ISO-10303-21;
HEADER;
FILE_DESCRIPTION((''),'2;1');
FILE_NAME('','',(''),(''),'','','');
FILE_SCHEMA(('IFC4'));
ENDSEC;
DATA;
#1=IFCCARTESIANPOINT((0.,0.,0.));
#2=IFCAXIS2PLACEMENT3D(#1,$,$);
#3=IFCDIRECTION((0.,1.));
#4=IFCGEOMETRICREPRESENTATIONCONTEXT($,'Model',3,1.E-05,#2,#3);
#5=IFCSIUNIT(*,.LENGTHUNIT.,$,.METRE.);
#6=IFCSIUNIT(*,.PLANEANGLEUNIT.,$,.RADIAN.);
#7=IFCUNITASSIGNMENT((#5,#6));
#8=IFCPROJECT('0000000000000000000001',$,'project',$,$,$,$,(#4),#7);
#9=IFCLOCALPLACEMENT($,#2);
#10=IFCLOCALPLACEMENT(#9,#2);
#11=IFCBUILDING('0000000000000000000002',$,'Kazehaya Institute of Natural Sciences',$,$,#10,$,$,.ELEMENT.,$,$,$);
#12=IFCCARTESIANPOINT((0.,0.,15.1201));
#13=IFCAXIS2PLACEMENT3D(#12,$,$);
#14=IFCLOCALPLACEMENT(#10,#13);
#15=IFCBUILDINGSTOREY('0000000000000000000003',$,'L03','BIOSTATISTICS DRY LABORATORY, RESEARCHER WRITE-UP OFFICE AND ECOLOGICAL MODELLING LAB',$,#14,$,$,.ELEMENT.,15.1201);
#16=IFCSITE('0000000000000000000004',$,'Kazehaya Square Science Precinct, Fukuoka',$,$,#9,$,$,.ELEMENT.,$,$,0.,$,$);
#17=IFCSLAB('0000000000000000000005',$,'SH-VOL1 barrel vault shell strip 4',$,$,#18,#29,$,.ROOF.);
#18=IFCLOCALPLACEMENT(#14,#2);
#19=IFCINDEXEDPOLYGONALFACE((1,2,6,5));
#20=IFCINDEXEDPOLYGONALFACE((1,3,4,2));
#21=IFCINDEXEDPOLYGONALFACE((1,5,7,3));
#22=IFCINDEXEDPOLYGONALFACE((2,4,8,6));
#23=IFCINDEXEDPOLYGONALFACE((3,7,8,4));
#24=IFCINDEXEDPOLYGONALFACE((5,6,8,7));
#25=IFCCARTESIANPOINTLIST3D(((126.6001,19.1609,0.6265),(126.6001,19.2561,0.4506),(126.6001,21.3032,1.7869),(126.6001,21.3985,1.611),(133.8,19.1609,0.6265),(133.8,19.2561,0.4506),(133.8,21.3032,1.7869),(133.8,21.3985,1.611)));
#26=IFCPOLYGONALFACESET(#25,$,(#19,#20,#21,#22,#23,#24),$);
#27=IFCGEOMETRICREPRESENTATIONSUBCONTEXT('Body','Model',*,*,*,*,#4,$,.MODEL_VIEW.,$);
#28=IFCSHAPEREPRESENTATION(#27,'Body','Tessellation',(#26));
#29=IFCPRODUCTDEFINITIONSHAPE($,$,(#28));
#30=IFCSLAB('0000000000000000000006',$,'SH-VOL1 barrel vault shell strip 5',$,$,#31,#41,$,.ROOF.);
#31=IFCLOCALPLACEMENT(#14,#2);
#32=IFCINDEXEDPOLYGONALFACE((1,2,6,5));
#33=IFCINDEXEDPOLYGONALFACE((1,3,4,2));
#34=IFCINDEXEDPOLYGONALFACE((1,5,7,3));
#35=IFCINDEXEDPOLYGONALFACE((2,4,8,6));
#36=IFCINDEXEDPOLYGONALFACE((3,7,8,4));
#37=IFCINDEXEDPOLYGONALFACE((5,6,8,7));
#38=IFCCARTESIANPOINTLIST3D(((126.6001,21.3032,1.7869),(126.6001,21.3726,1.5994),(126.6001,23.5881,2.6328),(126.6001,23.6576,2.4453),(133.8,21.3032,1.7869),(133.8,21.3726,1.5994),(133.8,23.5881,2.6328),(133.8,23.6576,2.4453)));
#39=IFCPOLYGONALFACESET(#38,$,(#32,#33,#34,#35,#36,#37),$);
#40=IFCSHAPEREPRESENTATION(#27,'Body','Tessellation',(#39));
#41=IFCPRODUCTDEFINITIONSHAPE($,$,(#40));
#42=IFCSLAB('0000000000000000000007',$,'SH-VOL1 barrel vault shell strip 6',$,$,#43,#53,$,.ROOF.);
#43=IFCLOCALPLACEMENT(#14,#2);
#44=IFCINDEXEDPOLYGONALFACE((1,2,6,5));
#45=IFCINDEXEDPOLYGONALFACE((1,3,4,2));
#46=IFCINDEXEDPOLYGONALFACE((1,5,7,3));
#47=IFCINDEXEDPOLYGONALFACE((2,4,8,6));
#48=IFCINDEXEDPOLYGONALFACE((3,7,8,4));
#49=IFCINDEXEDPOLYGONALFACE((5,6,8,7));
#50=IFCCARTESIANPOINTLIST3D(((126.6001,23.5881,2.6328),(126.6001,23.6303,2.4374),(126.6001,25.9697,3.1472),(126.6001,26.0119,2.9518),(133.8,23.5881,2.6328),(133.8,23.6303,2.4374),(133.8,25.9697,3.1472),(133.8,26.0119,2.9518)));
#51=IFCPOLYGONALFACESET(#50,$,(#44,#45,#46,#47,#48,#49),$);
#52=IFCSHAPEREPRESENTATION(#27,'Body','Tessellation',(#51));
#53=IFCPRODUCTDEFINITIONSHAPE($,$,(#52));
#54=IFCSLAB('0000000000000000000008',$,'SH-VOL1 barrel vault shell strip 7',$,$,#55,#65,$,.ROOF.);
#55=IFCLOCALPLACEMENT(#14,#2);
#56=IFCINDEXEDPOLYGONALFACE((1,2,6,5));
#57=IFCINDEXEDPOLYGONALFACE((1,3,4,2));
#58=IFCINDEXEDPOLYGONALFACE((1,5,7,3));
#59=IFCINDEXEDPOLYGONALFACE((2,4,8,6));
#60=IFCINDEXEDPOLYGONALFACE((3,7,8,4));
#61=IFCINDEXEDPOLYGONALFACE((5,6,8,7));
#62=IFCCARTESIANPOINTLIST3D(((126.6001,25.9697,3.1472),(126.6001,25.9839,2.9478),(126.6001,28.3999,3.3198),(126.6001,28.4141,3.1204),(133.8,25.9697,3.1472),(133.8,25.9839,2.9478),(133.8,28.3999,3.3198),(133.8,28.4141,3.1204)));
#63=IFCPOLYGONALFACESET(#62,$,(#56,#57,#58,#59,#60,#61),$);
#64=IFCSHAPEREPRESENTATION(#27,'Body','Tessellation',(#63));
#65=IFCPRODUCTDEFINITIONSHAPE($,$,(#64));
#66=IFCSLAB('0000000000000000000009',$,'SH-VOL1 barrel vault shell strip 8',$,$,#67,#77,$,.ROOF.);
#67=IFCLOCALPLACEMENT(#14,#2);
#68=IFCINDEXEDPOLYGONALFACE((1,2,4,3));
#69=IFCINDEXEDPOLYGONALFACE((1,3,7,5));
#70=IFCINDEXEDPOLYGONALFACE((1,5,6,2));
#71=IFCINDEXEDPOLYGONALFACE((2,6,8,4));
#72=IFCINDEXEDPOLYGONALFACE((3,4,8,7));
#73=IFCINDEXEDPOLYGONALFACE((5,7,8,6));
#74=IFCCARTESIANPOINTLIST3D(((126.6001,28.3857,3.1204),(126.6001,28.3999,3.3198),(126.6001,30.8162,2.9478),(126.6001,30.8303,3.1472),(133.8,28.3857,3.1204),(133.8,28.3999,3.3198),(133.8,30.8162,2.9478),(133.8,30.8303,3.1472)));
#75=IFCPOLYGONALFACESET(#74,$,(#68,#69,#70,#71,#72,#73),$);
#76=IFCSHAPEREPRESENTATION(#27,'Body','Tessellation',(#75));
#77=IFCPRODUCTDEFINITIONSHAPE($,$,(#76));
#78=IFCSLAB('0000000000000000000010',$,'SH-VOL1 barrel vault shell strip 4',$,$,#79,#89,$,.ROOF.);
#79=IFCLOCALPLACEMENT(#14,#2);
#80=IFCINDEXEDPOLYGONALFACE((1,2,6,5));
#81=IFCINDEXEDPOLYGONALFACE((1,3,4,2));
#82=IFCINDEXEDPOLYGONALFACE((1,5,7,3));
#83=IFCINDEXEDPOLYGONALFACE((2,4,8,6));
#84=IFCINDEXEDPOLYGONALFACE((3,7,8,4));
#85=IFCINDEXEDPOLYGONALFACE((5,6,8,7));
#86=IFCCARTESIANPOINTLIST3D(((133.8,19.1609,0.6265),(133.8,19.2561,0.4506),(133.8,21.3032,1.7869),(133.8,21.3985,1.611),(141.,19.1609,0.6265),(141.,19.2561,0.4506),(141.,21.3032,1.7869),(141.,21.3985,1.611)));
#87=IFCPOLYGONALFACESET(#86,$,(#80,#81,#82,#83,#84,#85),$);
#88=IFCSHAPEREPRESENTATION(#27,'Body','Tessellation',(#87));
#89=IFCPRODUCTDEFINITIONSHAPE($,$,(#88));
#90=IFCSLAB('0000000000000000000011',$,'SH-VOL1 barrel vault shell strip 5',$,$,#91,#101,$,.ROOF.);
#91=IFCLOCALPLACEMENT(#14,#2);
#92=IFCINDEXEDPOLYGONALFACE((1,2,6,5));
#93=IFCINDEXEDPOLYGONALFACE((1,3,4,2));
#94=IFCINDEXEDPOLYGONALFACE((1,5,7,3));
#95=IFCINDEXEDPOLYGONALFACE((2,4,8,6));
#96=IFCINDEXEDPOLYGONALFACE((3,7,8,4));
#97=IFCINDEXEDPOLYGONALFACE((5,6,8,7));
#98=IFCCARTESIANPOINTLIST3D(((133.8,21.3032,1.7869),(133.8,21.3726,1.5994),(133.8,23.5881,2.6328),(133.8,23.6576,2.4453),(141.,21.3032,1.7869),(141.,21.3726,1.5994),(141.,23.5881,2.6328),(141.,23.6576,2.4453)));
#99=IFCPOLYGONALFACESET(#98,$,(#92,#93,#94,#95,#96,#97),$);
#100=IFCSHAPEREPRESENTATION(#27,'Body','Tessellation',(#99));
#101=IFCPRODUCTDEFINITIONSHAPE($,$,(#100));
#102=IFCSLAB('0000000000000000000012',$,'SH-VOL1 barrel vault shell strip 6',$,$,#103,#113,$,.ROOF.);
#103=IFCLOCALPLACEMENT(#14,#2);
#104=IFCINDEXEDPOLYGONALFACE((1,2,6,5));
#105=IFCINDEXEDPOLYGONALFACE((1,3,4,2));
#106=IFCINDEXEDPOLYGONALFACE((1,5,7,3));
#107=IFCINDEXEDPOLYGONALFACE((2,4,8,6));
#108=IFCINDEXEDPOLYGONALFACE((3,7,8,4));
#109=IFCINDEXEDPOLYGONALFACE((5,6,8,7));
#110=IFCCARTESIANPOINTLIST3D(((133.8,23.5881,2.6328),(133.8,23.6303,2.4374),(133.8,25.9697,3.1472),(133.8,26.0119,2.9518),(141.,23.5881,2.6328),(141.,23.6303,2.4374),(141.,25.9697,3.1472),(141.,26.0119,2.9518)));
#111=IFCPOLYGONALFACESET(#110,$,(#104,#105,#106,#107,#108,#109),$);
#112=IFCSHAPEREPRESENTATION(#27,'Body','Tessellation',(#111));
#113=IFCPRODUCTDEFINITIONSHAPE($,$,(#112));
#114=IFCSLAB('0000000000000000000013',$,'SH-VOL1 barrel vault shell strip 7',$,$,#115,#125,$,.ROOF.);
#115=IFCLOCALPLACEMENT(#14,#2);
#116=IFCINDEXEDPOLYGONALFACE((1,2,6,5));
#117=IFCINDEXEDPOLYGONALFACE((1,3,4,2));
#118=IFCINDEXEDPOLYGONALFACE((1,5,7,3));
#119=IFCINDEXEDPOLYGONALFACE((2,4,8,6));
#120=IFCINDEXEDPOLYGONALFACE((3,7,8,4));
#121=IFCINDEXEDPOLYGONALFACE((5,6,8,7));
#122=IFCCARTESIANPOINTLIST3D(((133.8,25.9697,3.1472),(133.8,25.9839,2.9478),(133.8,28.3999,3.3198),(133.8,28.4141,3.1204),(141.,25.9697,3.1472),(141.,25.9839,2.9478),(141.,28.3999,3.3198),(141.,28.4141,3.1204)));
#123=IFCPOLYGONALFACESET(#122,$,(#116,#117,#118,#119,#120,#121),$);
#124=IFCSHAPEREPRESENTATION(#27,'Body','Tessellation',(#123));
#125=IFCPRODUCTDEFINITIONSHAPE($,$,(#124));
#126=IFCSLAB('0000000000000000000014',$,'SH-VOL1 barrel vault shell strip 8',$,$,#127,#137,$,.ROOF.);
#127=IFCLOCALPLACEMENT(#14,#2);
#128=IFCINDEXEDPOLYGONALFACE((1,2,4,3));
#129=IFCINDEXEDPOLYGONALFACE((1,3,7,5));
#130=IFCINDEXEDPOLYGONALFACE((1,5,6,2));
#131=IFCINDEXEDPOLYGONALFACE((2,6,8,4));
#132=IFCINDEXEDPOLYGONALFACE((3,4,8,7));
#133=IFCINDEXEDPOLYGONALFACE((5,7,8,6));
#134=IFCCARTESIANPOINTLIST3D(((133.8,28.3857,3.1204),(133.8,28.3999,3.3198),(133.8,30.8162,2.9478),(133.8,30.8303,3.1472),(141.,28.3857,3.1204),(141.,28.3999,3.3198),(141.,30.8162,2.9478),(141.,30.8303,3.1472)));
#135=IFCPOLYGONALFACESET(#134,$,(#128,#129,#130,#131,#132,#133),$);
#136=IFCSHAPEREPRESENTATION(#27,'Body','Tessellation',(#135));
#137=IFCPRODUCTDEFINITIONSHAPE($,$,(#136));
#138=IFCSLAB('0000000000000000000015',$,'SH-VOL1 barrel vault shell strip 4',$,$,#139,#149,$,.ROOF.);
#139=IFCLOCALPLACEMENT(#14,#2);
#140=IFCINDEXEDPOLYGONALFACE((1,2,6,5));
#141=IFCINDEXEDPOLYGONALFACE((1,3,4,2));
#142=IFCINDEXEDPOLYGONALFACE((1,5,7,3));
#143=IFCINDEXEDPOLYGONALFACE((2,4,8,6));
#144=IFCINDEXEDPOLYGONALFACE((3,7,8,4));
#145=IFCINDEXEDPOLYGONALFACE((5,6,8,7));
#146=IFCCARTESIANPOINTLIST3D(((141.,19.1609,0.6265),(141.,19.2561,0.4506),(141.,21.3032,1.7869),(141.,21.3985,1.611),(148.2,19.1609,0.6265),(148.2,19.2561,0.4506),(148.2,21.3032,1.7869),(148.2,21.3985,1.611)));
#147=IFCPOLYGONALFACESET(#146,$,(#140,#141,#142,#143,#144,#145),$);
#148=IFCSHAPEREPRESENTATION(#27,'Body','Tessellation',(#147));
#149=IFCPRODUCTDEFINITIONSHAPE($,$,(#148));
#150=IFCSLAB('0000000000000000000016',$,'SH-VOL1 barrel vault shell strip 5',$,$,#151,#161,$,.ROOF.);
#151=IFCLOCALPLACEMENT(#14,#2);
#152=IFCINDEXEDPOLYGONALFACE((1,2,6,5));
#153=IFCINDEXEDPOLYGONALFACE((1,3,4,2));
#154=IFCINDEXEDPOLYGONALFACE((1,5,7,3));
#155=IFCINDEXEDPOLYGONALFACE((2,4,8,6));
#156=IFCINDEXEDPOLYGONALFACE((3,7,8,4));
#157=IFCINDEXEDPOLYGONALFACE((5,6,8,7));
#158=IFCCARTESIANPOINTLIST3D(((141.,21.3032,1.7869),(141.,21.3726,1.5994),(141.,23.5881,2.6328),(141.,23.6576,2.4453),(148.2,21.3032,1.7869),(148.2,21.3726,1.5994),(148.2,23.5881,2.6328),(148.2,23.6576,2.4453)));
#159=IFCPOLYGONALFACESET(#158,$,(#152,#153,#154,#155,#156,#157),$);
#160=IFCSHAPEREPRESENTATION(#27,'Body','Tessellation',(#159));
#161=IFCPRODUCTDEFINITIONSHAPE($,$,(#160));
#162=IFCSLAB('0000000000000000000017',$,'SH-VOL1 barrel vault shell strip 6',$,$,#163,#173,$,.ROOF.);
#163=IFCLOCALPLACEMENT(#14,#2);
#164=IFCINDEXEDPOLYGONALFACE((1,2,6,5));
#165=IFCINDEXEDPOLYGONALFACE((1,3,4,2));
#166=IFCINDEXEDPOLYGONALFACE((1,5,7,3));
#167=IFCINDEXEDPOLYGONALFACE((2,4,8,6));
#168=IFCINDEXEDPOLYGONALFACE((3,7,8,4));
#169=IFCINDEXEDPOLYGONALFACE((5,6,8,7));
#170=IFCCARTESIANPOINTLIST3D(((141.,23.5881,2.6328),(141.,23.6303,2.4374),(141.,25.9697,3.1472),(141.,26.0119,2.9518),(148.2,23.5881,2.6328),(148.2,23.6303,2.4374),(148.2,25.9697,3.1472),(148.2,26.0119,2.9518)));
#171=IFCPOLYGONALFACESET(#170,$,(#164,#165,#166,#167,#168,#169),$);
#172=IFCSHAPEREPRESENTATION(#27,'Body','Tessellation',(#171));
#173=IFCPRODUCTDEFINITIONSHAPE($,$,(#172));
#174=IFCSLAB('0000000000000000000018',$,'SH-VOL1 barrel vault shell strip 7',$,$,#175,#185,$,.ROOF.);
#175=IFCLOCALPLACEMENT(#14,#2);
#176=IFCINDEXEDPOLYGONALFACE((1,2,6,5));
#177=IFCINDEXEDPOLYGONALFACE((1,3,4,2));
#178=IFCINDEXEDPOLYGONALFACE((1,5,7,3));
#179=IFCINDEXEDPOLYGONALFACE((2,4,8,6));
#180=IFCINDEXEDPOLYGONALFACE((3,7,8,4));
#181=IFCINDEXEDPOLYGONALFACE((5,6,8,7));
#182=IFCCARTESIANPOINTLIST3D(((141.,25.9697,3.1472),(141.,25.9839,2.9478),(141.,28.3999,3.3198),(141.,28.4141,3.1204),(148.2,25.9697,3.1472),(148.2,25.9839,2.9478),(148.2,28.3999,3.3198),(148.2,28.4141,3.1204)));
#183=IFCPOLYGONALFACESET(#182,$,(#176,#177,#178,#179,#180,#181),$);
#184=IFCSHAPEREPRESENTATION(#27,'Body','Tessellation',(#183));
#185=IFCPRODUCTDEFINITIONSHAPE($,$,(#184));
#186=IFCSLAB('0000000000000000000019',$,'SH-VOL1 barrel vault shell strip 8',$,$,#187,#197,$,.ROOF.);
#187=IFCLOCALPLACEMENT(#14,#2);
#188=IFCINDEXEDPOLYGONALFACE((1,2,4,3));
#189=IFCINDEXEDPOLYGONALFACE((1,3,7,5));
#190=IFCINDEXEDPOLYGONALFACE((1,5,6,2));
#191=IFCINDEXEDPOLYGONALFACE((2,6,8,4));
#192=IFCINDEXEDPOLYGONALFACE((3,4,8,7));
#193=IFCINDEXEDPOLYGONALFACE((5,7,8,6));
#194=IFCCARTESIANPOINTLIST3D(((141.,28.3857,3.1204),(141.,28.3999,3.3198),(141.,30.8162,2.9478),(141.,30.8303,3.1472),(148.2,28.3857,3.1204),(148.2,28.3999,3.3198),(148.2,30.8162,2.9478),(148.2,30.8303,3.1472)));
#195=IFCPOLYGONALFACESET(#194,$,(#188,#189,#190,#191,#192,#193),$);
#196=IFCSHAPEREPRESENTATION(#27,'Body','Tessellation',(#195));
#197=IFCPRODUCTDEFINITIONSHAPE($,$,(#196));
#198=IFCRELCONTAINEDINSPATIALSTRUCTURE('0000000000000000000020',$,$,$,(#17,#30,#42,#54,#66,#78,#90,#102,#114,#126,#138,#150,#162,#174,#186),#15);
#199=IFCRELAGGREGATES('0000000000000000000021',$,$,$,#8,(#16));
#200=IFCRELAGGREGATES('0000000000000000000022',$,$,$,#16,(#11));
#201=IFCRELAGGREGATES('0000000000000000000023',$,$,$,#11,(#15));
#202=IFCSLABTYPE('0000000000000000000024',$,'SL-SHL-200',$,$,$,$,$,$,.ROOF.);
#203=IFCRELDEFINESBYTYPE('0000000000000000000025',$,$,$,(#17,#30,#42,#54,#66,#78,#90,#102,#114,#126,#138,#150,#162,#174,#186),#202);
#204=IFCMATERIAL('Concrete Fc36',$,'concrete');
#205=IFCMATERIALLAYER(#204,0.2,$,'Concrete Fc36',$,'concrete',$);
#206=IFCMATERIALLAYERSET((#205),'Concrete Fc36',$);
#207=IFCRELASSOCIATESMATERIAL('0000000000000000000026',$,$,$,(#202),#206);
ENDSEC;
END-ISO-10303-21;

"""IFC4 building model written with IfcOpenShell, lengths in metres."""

from ifc_helpers import new_model, si_unit, direction, frame, origin, place, context, subcontext, project, spatial, polyline, outline, extrude, material, layer, layer_set, type_object, element, save


model = new_model("IFC4")

# Units and contexts
model_context = context("Model", 3, precision=1e-05, world=origin(), true_north=direction((0.0, 1.0)))
body_context = subcontext(model_context, "Body", "Model", "MODEL_VIEW")
ifc_project = project(units=[si_unit("LENGTHUNIT", "METRE"), si_unit("PLANEANGLEUNIT", "RADIAN")], contexts=[model_context])

# Site, building, storey
site_placement = place(None, origin())
site = spatial("IfcSite", under=ifc_project, at=site_placement, Name="Kazehaya Square Science Precinct, Fukuoka", CompositionType="ELEMENT", RefElevation=0.0)
building_placement = place(site_placement, origin())
building = spatial("IfcBuilding", under=site, at=building_placement, Name="Kazehaya Institute of Natural Sciences", CompositionType="ELEMENT")
storey_placement = place(building_placement, frame((0.0, 0.0, 15.1201)))
storey = spatial("IfcBuildingStorey", under=building, at=storey_placement, Name="L03", Description="BIOSTATISTICS DRY LABORATORY, RESEARCHER WRITE-UP OFFICE AND ECOLOGICAL MODELLING LAB", CompositionType="ELEMENT", Elevation=15.1201)

# Slabs
ifc_material_1 = material(Name="Concrete Fc36", Category="concrete")
ifc_layer_1 = layer(ifc_material_1, 0.2, Name="Concrete Fc36", Category="concrete")
ifc_layer_set_1 = layer_set([ifc_layer_1], Name="Concrete Fc36")
slab_type = type_object("IfcSlabType", Name="SL-SHL-200", PredefinedType="ROOF", material=ifc_layer_set_1)
slab_1_placement = place(storey_placement, frame((126.6001, 19.1609, 0.6265), z_axis=(0.0, -0.476273, 0.879297), x_axis=(1.0, 0.0, 0.0)))
element("IfcSlab", 1, at=slab_1_placement, inside=storey, type_object=slab_type, Name="SH-VOL1 barrel vault shell strip 4", PredefinedType="ROOF", context=body_context, shape_type="SweptSolid", body=[
    extrude(outline(polyline([(0.0, 0.0), (7.2, 0.0), (7.2, 2.4364), (0.0, 2.4364), (0.0, 0.0)])), origin(), (0.0, 0.0, -1.0), 0.2),
])
slab_2_placement = place(storey_placement, frame((126.6001, 21.3032, 1.7869), z_axis=(0.0, -0.3472, 0.937791), x_axis=(1.0, 0.0, 0.0)))
element("IfcSlab", 2, at=slab_2_placement, inside=storey, type_object=slab_type, Name="SH-VOL1 barrel vault shell strip 5", PredefinedType="ROOF", context=body_context, shape_type="SweptSolid", body=[
    extrude(outline(polyline([(0.0, 0.0), (7.2, 0.0), (7.2, 2.4365), (0.0, 2.4365), (0.0, 0.0)])), origin(), (0.0, 0.0, -1.0), 0.2),
])
slab_3_placement = place(storey_placement, frame((126.6001, 23.5881, 2.6328), z_axis=(0.0, -0.211123, 0.977459), x_axis=(1.0, 0.0, 0.0)))
element("IfcSlab", 3, at=slab_3_placement, inside=storey, type_object=slab_type, Name="SH-VOL1 barrel vault shell strip 6", PredefinedType="ROOF", context=body_context, shape_type="SweptSolid", body=[
    extrude(outline(polyline([(0.0, 0.0), (7.2, 0.0), (7.2, 2.4365), (0.0, 2.4365), (0.0, 0.0)])), origin(), (0.0, 0.0, -1.0), 0.2),
])
slab_4_placement = place(storey_placement, frame((126.6001, 25.9697, 3.1472), z_axis=(0.0, -0.070848, 0.997487), x_axis=(1.0, 0.0, 0.0)))
element("IfcSlab", 4, at=slab_4_placement, inside=storey, type_object=slab_type, Name="SH-VOL1 barrel vault shell strip 7", PredefinedType="ROOF", context=body_context, shape_type="SweptSolid", body=[
    extrude(outline(polyline([(0.0, 0.0), (7.2, 0.0), (7.2, 2.4363), (0.0, 2.4363), (0.0, 0.0)])), origin(), (0.0, 0.0, -1.0), 0.2),
])
slab_5_placement = place(storey_placement, frame((126.6001, 28.3999, 3.3198), z_axis=(0.0, 0.070841, 0.997488), x_axis=(1.0, 0.0, 0.0)))
element("IfcSlab", 5, at=slab_5_placement, inside=storey, type_object=slab_type, Name="SH-VOL1 barrel vault shell strip 8", PredefinedType="ROOF", context=body_context, shape_type="SweptSolid", body=[
    extrude(outline(polyline([(0.0, 0.0), (7.2, 0.0), (7.2, 2.4365), (0.0, 2.4365), (0.0, 0.0)])), origin(), (0.0, 0.0, -1.0), 0.2),
])
slab_6_placement = place(storey_placement, frame((133.8, 19.1609, 0.6265), z_axis=(0.0, -0.476273, 0.879297), x_axis=(1.0, 0.0, 0.0)))
element("IfcSlab", 6, at=slab_6_placement, inside=storey, type_object=slab_type, Name="SH-VOL1 barrel vault shell strip 4", PredefinedType="ROOF", context=body_context, shape_type="SweptSolid", body=[
    extrude(outline(polyline([(0.0, 0.0), (7.2, 0.0), (7.2, 2.4364), (0.0, 2.4364), (0.0, 0.0)])), origin(), (0.0, 0.0, -1.0), 0.2),
])
slab_7_placement = place(storey_placement, frame((133.8, 21.3032, 1.7869), z_axis=(0.0, -0.3472, 0.937791), x_axis=(1.0, 0.0, 0.0)))
element("IfcSlab", 7, at=slab_7_placement, inside=storey, type_object=slab_type, Name="SH-VOL1 barrel vault shell strip 5", PredefinedType="ROOF", context=body_context, shape_type="SweptSolid", body=[
    extrude(outline(polyline([(0.0, 0.0), (7.2, 0.0), (7.2, 2.4365), (0.0, 2.4365), (0.0, 0.0)])), origin(), (0.0, 0.0, -1.0), 0.2),
])
slab_8_placement = place(storey_placement, frame((133.8, 23.5881, 2.6328), z_axis=(0.0, -0.211123, 0.977459), x_axis=(1.0, 0.0, 0.0)))
element("IfcSlab", 8, at=slab_8_placement, inside=storey, type_object=slab_type, Name="SH-VOL1 barrel vault shell strip 6", PredefinedType="ROOF", context=body_context, shape_type="SweptSolid", body=[
    extrude(outline(polyline([(0.0, 0.0), (7.2, 0.0), (7.2, 2.4365), (0.0, 2.4365), (0.0, 0.0)])), origin(), (0.0, 0.0, -1.0), 0.2),
])
slab_9_placement = place(storey_placement, frame((133.8, 25.9697, 3.1472), z_axis=(0.0, -0.070848, 0.997487), x_axis=(1.0, 0.0, 0.0)))
element("IfcSlab", 9, at=slab_9_placement, inside=storey, type_object=slab_type, Name="SH-VOL1 barrel vault shell strip 7", PredefinedType="ROOF", context=body_context, shape_type="SweptSolid", body=[
    extrude(outline(polyline([(0.0, 0.0), (7.2, 0.0), (7.2, 2.4363), (0.0, 2.4363), (0.0, 0.0)])), origin(), (0.0, 0.0, -1.0), 0.2),
])
slab_10_placement = place(storey_placement, frame((133.8, 28.3999, 3.3198), z_axis=(0.0, 0.070841, 0.997488), x_axis=(1.0, 0.0, 0.0)))
element("IfcSlab", 10, at=slab_10_placement, inside=storey, type_object=slab_type, Name="SH-VOL1 barrel vault shell strip 8", PredefinedType="ROOF", context=body_context, shape_type="SweptSolid", body=[
    extrude(outline(polyline([(0.0, 0.0), (7.2, 0.0), (7.2, 2.4365), (0.0, 2.4365), (0.0, 0.0)])), origin(), (0.0, 0.0, -1.0), 0.2),
])
slab_11_placement = place(storey_placement, frame((141.0, 19.1609, 0.6265), z_axis=(0.0, -0.476273, 0.879297), x_axis=(1.0, 0.0, 0.0)))
element("IfcSlab", 11, at=slab_11_placement, inside=storey, type_object=slab_type, Name="SH-VOL1 barrel vault shell strip 4", PredefinedType="ROOF", context=body_context, shape_type="SweptSolid", body=[
    extrude(outline(polyline([(0.0, 0.0), (7.2, 0.0), (7.2, 2.4364), (0.0, 2.4364), (0.0, 0.0)])), origin(), (0.0, 0.0, -1.0), 0.2),
])
slab_12_placement = place(storey_placement, frame((141.0, 21.3032, 1.7869), z_axis=(0.0, -0.3472, 0.937791), x_axis=(1.0, 0.0, 0.0)))
element("IfcSlab", 12, at=slab_12_placement, inside=storey, type_object=slab_type, Name="SH-VOL1 barrel vault shell strip 5", PredefinedType="ROOF", context=body_context, shape_type="SweptSolid", body=[
    extrude(outline(polyline([(0.0, 0.0), (7.2, 0.0), (7.2, 2.4365), (0.0, 2.4365), (0.0, 0.0)])), origin(), (0.0, 0.0, -1.0), 0.2),
])
slab_13_placement = place(storey_placement, frame((141.0, 23.5881, 2.6328), z_axis=(0.0, -0.211123, 0.977459), x_axis=(1.0, 0.0, 0.0)))
element("IfcSlab", 13, at=slab_13_placement, inside=storey, type_object=slab_type, Name="SH-VOL1 barrel vault shell strip 6", PredefinedType="ROOF", context=body_context, shape_type="SweptSolid", body=[
    extrude(outline(polyline([(0.0, 0.0), (7.2, 0.0), (7.2, 2.4365), (0.0, 2.4365), (0.0, 0.0)])), origin(), (0.0, 0.0, -1.0), 0.2),
])
slab_14_placement = place(storey_placement, frame((141.0, 25.9697, 3.1472), z_axis=(0.0, -0.070848, 0.997487), x_axis=(1.0, 0.0, 0.0)))
element("IfcSlab", 14, at=slab_14_placement, inside=storey, type_object=slab_type, Name="SH-VOL1 barrel vault shell strip 7", PredefinedType="ROOF", context=body_context, shape_type="SweptSolid", body=[
    extrude(outline(polyline([(0.0, 0.0), (7.2, 0.0), (7.2, 2.4363), (0.0, 2.4363), (0.0, 0.0)])), origin(), (0.0, 0.0, -1.0), 0.2),
])
slab_15_placement = place(storey_placement, frame((141.0, 28.3999, 3.3198), z_axis=(0.0, 0.070841, 0.997488), x_axis=(1.0, 0.0, 0.0)))
element("IfcSlab", 15, at=slab_15_placement, inside=storey, type_object=slab_type, Name="SH-VOL1 barrel vault shell strip 8", PredefinedType="ROOF", context=body_context, shape_type="SweptSolid", body=[
    extrude(outline(polyline([(0.0, 0.0), (7.2, 0.0), (7.2, 2.4365), (0.0, 2.4365), (0.0, 0.0)])), origin(), (0.0, 0.0, -1.0), 0.2),
])

save(model, "model.ifc")
